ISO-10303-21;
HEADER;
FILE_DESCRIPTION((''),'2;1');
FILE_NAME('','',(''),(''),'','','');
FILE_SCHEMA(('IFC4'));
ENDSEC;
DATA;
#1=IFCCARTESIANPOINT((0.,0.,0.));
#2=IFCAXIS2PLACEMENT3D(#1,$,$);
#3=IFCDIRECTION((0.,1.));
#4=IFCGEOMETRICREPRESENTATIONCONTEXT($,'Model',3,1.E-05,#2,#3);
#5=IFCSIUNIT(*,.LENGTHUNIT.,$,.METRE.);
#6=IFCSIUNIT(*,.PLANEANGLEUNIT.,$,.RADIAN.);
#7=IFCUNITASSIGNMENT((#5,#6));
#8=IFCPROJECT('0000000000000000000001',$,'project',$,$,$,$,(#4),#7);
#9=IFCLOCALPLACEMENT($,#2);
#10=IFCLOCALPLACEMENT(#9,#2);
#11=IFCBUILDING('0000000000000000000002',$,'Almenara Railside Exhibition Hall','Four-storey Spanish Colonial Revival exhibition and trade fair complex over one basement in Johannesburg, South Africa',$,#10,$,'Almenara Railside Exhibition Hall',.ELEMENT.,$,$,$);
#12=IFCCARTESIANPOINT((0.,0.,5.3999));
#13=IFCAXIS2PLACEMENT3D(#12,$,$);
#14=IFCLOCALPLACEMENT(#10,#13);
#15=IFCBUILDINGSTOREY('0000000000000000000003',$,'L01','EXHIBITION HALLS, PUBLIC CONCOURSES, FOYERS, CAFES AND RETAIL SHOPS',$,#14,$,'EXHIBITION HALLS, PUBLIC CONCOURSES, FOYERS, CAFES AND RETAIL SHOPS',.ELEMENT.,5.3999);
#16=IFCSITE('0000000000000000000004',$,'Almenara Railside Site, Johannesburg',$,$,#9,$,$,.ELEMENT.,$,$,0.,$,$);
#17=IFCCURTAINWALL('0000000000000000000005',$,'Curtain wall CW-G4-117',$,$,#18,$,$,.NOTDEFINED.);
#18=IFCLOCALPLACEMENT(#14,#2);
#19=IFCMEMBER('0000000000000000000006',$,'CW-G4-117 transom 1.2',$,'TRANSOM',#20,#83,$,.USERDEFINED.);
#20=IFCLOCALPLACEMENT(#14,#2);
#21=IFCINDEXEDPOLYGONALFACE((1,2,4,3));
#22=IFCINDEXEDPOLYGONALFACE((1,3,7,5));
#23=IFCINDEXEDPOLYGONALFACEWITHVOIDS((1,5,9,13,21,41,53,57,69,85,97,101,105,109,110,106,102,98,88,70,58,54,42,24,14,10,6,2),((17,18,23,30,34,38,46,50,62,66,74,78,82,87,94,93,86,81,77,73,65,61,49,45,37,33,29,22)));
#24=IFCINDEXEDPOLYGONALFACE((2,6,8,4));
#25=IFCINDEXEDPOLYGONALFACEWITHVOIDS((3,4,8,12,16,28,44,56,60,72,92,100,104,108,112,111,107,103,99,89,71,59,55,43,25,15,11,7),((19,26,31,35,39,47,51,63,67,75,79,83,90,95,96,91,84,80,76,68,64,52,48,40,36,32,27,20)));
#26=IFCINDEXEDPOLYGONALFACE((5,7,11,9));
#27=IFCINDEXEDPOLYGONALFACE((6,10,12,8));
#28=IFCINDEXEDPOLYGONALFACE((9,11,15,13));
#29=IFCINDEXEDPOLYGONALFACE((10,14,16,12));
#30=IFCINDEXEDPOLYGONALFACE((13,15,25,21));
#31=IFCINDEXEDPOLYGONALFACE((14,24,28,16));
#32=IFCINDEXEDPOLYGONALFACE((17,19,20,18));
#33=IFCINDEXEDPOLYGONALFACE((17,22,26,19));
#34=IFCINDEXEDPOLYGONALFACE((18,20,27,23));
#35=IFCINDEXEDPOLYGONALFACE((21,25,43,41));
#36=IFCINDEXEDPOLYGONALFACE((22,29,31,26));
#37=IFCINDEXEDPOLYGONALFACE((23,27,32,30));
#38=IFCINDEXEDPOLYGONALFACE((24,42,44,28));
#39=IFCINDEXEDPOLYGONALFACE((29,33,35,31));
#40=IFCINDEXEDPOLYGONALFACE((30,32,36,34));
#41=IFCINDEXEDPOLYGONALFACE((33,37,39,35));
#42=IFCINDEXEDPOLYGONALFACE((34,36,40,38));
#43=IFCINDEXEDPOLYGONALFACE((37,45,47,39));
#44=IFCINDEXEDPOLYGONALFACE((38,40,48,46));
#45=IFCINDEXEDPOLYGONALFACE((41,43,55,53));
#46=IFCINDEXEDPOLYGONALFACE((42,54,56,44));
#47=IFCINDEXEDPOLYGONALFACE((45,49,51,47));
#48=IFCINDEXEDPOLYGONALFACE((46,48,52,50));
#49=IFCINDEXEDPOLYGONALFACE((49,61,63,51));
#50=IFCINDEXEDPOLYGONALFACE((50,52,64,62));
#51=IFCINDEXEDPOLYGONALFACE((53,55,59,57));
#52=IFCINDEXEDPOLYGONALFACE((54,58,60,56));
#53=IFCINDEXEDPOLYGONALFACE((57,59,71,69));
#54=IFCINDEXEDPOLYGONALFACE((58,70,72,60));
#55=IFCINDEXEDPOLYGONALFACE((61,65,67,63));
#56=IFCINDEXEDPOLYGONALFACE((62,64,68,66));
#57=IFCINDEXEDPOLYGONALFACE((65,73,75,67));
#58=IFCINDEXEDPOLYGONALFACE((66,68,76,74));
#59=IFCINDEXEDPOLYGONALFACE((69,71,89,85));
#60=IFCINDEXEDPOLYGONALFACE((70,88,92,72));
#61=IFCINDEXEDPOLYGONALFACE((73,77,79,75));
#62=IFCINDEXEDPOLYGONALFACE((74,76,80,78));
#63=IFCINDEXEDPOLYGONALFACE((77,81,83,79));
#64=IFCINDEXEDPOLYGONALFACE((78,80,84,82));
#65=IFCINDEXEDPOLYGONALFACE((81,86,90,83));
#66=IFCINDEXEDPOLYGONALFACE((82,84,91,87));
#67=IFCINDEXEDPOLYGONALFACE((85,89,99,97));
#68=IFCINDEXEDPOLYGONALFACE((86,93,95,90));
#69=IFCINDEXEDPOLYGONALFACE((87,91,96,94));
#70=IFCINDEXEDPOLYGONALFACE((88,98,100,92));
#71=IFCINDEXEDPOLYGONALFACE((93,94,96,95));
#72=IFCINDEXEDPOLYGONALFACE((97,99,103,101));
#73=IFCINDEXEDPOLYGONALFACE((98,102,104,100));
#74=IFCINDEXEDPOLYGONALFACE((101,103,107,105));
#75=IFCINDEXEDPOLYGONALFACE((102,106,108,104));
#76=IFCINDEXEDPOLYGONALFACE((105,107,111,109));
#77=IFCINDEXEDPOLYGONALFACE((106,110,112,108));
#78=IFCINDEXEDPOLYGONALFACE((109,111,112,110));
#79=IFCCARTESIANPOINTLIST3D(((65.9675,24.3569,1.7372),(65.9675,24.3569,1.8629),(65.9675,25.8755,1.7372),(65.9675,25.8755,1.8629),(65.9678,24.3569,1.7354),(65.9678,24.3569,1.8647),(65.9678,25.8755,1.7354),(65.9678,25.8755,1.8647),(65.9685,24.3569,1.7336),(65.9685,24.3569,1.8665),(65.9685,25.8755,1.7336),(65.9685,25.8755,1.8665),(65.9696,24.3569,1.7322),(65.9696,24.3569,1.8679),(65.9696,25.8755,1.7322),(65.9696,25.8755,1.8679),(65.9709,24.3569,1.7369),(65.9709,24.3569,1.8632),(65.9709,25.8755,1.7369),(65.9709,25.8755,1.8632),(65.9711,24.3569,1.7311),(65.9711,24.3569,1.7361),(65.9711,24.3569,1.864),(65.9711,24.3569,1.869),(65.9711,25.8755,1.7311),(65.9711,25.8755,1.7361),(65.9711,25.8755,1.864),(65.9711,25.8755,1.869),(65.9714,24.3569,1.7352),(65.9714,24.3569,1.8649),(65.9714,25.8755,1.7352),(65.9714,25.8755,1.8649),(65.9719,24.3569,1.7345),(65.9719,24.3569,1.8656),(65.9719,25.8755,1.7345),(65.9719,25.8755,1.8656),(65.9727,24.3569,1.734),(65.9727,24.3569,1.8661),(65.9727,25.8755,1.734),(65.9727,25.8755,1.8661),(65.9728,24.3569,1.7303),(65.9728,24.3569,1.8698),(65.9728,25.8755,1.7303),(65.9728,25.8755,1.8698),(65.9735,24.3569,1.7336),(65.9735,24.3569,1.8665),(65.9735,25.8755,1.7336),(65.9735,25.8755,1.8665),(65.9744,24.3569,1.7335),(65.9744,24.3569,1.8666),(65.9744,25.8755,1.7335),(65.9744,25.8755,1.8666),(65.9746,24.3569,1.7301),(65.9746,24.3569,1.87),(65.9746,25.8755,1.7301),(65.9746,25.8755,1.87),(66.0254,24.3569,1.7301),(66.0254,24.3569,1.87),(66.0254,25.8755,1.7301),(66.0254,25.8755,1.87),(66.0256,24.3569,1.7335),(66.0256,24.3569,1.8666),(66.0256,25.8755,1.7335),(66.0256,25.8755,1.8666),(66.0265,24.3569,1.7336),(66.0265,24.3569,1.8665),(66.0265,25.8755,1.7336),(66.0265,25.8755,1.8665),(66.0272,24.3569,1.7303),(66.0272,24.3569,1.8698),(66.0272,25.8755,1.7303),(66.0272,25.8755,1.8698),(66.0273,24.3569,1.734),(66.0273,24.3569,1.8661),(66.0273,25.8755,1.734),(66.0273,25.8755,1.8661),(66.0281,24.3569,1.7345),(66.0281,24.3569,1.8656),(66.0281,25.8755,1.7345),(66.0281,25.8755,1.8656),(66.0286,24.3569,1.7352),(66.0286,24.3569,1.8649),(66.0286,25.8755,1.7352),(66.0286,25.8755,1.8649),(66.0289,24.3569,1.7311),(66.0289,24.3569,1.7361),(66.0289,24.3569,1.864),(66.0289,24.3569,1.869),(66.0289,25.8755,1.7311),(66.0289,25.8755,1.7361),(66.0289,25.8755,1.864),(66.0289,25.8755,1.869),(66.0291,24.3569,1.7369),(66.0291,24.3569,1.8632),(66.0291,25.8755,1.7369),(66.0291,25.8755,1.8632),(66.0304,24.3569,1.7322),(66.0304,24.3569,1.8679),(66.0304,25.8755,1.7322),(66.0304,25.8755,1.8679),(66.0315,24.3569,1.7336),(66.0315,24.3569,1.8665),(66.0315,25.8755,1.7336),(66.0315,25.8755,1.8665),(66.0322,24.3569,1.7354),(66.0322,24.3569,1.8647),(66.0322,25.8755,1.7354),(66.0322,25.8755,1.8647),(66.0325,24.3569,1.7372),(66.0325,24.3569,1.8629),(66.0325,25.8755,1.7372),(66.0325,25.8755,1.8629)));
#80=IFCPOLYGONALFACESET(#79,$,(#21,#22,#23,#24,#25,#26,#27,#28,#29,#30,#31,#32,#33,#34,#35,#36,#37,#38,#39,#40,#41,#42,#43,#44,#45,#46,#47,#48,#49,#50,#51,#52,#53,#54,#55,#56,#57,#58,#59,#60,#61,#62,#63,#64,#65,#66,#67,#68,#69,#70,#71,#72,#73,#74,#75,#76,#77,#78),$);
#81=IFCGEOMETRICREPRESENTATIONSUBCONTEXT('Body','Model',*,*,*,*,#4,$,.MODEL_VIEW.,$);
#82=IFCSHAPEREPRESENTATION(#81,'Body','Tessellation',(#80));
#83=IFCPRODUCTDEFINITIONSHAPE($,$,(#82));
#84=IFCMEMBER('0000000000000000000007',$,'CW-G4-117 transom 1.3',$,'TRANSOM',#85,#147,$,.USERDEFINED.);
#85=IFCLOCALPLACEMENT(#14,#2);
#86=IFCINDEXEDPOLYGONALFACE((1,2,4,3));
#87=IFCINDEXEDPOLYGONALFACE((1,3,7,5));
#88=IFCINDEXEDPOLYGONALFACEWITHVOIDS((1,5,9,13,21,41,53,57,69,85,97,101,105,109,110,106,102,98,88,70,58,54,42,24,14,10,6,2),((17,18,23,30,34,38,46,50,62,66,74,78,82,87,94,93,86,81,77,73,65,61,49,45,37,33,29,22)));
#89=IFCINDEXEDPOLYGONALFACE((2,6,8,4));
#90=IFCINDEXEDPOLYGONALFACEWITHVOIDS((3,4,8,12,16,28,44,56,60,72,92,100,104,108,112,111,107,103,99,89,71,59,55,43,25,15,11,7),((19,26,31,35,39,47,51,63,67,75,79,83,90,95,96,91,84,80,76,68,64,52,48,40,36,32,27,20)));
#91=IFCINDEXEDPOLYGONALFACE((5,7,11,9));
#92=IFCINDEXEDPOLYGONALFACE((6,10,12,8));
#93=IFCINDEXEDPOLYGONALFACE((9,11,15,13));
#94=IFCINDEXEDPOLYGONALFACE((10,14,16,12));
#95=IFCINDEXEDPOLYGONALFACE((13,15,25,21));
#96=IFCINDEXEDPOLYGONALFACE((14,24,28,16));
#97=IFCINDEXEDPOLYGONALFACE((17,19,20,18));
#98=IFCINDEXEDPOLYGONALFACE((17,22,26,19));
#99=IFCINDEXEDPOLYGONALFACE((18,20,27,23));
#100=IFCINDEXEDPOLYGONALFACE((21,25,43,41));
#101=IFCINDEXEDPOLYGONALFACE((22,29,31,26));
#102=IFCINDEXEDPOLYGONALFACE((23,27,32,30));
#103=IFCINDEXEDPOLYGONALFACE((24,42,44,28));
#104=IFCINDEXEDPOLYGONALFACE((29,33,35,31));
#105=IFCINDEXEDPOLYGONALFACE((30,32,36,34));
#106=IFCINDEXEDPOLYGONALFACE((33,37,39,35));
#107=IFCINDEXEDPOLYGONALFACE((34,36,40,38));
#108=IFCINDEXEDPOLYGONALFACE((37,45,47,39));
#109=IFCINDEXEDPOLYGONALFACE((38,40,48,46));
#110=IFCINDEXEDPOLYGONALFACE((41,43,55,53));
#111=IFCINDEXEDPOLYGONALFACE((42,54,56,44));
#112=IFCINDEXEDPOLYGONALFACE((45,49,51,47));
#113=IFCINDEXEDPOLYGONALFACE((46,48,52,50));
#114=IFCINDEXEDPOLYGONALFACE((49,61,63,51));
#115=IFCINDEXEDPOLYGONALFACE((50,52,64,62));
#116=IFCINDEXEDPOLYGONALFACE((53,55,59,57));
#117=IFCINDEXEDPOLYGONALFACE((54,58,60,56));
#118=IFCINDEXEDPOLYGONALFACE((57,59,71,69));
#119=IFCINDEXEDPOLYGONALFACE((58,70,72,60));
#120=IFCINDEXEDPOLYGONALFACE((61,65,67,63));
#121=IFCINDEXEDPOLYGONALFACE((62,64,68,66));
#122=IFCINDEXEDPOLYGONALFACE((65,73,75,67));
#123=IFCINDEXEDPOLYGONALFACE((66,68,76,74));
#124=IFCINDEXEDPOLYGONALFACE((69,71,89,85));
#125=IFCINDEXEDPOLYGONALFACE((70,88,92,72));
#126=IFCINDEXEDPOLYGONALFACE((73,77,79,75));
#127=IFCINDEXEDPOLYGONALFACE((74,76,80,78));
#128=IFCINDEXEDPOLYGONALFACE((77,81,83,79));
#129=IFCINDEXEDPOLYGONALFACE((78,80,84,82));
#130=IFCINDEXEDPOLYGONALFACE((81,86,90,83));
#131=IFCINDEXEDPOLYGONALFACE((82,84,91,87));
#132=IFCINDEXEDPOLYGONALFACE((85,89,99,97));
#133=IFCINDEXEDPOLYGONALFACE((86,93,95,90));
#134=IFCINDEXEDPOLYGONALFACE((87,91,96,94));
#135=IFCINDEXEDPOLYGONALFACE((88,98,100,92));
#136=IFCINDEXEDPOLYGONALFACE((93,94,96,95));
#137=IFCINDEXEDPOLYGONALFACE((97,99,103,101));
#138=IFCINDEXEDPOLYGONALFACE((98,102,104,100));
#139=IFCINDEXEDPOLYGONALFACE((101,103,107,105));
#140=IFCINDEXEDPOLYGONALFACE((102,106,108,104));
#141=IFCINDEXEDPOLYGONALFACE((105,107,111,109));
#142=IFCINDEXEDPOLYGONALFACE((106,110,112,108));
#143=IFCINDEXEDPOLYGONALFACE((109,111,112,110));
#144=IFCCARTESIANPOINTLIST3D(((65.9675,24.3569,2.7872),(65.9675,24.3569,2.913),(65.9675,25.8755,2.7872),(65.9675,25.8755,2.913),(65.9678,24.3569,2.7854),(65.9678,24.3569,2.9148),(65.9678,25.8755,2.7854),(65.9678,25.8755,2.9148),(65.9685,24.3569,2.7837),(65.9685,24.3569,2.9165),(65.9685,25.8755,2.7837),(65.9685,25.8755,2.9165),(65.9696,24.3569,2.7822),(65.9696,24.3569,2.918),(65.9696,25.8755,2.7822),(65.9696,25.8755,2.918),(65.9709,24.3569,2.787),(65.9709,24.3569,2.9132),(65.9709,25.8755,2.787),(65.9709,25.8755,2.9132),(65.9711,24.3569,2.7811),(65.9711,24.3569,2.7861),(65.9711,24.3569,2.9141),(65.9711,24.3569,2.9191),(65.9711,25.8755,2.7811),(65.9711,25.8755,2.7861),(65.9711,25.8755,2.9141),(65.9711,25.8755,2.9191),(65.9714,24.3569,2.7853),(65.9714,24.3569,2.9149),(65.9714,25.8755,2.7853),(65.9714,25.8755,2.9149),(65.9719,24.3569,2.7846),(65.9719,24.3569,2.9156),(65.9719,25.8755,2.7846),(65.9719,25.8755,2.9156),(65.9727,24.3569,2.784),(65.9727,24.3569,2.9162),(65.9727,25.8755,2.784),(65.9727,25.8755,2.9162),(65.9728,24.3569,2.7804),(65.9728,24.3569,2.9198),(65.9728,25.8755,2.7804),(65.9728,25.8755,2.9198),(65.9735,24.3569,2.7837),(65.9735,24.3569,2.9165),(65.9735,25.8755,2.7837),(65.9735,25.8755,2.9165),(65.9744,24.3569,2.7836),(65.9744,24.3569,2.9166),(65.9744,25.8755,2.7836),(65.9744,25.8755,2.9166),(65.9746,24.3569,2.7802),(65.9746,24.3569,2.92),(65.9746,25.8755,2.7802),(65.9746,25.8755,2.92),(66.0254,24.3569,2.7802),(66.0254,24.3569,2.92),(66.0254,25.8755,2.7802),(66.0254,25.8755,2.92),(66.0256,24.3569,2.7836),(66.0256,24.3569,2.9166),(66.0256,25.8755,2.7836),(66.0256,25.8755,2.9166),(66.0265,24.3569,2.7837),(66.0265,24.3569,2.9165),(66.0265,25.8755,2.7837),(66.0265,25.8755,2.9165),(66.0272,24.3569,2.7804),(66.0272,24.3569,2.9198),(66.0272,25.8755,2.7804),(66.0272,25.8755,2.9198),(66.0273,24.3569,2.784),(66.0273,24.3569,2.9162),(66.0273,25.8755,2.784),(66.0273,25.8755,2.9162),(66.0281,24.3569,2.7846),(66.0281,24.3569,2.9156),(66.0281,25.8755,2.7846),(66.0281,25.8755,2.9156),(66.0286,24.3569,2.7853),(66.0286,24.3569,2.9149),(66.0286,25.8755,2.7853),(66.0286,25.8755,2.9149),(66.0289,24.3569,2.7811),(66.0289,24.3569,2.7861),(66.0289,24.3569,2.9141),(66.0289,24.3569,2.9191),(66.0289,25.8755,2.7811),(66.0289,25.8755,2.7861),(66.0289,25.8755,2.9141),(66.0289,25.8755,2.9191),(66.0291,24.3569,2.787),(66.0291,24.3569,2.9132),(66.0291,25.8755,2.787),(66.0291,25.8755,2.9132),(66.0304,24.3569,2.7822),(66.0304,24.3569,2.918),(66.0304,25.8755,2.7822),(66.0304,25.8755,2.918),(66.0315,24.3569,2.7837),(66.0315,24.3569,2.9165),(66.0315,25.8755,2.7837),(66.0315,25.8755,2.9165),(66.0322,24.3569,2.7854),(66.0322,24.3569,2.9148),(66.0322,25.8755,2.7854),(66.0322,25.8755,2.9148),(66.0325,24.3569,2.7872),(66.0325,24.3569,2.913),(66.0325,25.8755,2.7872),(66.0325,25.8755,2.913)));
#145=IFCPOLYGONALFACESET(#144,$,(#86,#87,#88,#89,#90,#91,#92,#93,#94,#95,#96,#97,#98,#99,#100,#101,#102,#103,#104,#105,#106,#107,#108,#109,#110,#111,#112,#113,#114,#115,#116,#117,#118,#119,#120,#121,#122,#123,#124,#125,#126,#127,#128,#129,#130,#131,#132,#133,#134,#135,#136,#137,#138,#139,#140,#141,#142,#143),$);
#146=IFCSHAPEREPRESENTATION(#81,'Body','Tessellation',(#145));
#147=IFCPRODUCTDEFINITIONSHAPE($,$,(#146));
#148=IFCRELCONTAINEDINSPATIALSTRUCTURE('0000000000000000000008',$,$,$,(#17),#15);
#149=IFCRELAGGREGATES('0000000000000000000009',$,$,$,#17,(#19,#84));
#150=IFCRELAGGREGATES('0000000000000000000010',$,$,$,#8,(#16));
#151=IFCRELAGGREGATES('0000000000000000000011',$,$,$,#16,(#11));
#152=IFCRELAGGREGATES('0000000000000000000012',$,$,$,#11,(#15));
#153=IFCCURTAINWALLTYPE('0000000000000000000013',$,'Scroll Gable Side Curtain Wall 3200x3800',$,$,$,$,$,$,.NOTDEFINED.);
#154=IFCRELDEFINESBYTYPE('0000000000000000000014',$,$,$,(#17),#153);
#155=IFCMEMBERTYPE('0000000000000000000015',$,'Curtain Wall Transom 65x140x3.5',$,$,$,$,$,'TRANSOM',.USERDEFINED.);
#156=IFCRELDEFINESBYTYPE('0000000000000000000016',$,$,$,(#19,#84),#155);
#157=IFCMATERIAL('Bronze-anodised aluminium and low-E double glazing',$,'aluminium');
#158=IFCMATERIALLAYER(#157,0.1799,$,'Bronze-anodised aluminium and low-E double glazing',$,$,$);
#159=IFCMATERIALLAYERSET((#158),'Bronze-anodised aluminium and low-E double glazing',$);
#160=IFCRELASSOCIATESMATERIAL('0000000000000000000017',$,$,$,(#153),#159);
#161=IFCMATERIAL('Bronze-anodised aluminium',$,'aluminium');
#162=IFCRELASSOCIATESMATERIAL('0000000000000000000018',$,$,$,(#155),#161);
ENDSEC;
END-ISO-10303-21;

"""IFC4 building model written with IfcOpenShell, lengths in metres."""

from ifc_helpers import new_model, si_unit, direction, frame, origin, origin_2d, place, context, subcontext, project, spatial, hollow_rectangle, extrude, material, layer, layer_set, material_profile, profile_set, type_object, element, aggregate, save


model = new_model("IFC4")

# Units and contexts
model_context = context("Model", 3, precision=1e-05, world=origin(), true_north=direction((0.0, 1.0)))
body_context = subcontext(model_context, "Body", "Model", "MODEL_VIEW")
ifc_project = project(units=[si_unit("LENGTHUNIT", "METRE"), si_unit("PLANEANGLEUNIT", "RADIAN")], contexts=[model_context])

# Site, building, storey
site_placement = place(None, origin())
site = spatial("IfcSite", under=ifc_project, at=site_placement, Name="Almenara Railside Site, Johannesburg", CompositionType="ELEMENT", RefElevation=0.0)
building_placement = place(site_placement, origin())
building = spatial("IfcBuilding", under=site, at=building_placement, Name="Almenara Railside Exhibition Hall", Description="Four-storey Spanish Colonial Revival exhibition and trade fair complex over one basement in Johannesburg, South Africa", LongName="Almenara Railside Exhibition Hall", CompositionType="ELEMENT")
storey_placement = place(building_placement, frame((0.0, 0.0, 5.3999)))
storey = spatial("IfcBuildingStorey", under=building, at=storey_placement, Name="L01", Description="EXHIBITION HALLS, PUBLIC CONCOURSES, FOYERS, CAFES AND RETAIL SHOPS", LongName="EXHIBITION HALLS, PUBLIC CONCOURSES, FOYERS, CAFES AND RETAIL SHOPS", CompositionType="ELEMENT", Elevation=5.3999)

# Curtain wall
ifc_material_1 = material(Name="Bronze-anodised aluminium and low-E double glazing", Category="aluminium")
ifc_material_2 = material(Name="Bronze-anodised aluminium", Category="aluminium")
ifc_layer_1 = layer(ifc_material_1, 0.1799, Name="Bronze-anodised aluminium and low-E double glazing")
ifc_layer_set_1 = layer_set([ifc_layer_1], Name="Bronze-anodised aluminium and low-E double glazing")
curtain_wall_type_1 = type_object("IfcCurtainWallType", Name="Scroll Gable Side Curtain Wall 3200x3800", PredefinedType="NOTDEFINED", material=ifc_layer_set_1)
curtain_wall_1_placement = place(storey_placement, origin())
curtain_wall_1 = element("IfcCurtainWall", 1, at=curtain_wall_1_placement, inside=storey, type_object=curtain_wall_type_1, Name="Curtain wall CW-G4-117", PredefinedType="NOTDEFINED")

# Members
ifc_material_profile_1 = material_profile(ifc_material_2, hollow_rectangle(XDim=0.0649, YDim=0.1399, WallThickness=0.0034, InnerFilletRadius=0.0034, OuterFilletRadius=0.0071, at=origin_2d()), Name="ALU-TRN 65x140x3.5")
ifc_profile_set_1 = profile_set([ifc_material_profile_1], Name="Bronze-anodised aluminium")
member_type_1 = type_object("IfcMemberType", Name="Curtain Wall Transom 65x140x3.5", ElementType="TRANSOM", PredefinedType="USERDEFINED", material=ifc_profile_set_1)
member_1_placement = place(storey_placement, frame((66.0, 24.3569, 1.8), z_axis=(0.0, 1.0, 0.0), x_axis=(-1.0, 0.0, 0.0)))
member_1 = element("IfcMember", 2, at=member_1_placement, type_object=member_type_1, Name="CW-G4-117 transom 1.2", ObjectType="TRANSOM", PredefinedType="USERDEFINED", context=body_context, shape_type="SweptSolid", body=[
    extrude(hollow_rectangle(XDim=0.0649, YDim=0.1399, WallThickness=0.0034, InnerFilletRadius=0.0034, OuterFilletRadius=0.0071, at=origin_2d()), origin(), (0.0, 0.0, 1.0), 1.5186),
])
member_2_placement = place(storey_placement, frame((66.0, 24.3569, 2.8501), z_axis=(0.0, 1.0, 0.0), x_axis=(-1.0, 0.0, 0.0)))
member_2 = element("IfcMember", 3, at=member_2_placement, type_object=member_type_1, Name="CW-G4-117 transom 1.3", ObjectType="TRANSOM", PredefinedType="USERDEFINED", context=body_context, shape_type="SweptSolid", body=[
    extrude(hollow_rectangle(XDim=0.0649, YDim=0.1399, WallThickness=0.0034, InnerFilletRadius=0.0034, OuterFilletRadius=0.0071, at=origin_2d()), origin(), (0.0, 0.0, 1.0), 1.5186),
])
aggregate(curtain_wall_1, [member_1, member_2])

save(model, "model.ifc")
